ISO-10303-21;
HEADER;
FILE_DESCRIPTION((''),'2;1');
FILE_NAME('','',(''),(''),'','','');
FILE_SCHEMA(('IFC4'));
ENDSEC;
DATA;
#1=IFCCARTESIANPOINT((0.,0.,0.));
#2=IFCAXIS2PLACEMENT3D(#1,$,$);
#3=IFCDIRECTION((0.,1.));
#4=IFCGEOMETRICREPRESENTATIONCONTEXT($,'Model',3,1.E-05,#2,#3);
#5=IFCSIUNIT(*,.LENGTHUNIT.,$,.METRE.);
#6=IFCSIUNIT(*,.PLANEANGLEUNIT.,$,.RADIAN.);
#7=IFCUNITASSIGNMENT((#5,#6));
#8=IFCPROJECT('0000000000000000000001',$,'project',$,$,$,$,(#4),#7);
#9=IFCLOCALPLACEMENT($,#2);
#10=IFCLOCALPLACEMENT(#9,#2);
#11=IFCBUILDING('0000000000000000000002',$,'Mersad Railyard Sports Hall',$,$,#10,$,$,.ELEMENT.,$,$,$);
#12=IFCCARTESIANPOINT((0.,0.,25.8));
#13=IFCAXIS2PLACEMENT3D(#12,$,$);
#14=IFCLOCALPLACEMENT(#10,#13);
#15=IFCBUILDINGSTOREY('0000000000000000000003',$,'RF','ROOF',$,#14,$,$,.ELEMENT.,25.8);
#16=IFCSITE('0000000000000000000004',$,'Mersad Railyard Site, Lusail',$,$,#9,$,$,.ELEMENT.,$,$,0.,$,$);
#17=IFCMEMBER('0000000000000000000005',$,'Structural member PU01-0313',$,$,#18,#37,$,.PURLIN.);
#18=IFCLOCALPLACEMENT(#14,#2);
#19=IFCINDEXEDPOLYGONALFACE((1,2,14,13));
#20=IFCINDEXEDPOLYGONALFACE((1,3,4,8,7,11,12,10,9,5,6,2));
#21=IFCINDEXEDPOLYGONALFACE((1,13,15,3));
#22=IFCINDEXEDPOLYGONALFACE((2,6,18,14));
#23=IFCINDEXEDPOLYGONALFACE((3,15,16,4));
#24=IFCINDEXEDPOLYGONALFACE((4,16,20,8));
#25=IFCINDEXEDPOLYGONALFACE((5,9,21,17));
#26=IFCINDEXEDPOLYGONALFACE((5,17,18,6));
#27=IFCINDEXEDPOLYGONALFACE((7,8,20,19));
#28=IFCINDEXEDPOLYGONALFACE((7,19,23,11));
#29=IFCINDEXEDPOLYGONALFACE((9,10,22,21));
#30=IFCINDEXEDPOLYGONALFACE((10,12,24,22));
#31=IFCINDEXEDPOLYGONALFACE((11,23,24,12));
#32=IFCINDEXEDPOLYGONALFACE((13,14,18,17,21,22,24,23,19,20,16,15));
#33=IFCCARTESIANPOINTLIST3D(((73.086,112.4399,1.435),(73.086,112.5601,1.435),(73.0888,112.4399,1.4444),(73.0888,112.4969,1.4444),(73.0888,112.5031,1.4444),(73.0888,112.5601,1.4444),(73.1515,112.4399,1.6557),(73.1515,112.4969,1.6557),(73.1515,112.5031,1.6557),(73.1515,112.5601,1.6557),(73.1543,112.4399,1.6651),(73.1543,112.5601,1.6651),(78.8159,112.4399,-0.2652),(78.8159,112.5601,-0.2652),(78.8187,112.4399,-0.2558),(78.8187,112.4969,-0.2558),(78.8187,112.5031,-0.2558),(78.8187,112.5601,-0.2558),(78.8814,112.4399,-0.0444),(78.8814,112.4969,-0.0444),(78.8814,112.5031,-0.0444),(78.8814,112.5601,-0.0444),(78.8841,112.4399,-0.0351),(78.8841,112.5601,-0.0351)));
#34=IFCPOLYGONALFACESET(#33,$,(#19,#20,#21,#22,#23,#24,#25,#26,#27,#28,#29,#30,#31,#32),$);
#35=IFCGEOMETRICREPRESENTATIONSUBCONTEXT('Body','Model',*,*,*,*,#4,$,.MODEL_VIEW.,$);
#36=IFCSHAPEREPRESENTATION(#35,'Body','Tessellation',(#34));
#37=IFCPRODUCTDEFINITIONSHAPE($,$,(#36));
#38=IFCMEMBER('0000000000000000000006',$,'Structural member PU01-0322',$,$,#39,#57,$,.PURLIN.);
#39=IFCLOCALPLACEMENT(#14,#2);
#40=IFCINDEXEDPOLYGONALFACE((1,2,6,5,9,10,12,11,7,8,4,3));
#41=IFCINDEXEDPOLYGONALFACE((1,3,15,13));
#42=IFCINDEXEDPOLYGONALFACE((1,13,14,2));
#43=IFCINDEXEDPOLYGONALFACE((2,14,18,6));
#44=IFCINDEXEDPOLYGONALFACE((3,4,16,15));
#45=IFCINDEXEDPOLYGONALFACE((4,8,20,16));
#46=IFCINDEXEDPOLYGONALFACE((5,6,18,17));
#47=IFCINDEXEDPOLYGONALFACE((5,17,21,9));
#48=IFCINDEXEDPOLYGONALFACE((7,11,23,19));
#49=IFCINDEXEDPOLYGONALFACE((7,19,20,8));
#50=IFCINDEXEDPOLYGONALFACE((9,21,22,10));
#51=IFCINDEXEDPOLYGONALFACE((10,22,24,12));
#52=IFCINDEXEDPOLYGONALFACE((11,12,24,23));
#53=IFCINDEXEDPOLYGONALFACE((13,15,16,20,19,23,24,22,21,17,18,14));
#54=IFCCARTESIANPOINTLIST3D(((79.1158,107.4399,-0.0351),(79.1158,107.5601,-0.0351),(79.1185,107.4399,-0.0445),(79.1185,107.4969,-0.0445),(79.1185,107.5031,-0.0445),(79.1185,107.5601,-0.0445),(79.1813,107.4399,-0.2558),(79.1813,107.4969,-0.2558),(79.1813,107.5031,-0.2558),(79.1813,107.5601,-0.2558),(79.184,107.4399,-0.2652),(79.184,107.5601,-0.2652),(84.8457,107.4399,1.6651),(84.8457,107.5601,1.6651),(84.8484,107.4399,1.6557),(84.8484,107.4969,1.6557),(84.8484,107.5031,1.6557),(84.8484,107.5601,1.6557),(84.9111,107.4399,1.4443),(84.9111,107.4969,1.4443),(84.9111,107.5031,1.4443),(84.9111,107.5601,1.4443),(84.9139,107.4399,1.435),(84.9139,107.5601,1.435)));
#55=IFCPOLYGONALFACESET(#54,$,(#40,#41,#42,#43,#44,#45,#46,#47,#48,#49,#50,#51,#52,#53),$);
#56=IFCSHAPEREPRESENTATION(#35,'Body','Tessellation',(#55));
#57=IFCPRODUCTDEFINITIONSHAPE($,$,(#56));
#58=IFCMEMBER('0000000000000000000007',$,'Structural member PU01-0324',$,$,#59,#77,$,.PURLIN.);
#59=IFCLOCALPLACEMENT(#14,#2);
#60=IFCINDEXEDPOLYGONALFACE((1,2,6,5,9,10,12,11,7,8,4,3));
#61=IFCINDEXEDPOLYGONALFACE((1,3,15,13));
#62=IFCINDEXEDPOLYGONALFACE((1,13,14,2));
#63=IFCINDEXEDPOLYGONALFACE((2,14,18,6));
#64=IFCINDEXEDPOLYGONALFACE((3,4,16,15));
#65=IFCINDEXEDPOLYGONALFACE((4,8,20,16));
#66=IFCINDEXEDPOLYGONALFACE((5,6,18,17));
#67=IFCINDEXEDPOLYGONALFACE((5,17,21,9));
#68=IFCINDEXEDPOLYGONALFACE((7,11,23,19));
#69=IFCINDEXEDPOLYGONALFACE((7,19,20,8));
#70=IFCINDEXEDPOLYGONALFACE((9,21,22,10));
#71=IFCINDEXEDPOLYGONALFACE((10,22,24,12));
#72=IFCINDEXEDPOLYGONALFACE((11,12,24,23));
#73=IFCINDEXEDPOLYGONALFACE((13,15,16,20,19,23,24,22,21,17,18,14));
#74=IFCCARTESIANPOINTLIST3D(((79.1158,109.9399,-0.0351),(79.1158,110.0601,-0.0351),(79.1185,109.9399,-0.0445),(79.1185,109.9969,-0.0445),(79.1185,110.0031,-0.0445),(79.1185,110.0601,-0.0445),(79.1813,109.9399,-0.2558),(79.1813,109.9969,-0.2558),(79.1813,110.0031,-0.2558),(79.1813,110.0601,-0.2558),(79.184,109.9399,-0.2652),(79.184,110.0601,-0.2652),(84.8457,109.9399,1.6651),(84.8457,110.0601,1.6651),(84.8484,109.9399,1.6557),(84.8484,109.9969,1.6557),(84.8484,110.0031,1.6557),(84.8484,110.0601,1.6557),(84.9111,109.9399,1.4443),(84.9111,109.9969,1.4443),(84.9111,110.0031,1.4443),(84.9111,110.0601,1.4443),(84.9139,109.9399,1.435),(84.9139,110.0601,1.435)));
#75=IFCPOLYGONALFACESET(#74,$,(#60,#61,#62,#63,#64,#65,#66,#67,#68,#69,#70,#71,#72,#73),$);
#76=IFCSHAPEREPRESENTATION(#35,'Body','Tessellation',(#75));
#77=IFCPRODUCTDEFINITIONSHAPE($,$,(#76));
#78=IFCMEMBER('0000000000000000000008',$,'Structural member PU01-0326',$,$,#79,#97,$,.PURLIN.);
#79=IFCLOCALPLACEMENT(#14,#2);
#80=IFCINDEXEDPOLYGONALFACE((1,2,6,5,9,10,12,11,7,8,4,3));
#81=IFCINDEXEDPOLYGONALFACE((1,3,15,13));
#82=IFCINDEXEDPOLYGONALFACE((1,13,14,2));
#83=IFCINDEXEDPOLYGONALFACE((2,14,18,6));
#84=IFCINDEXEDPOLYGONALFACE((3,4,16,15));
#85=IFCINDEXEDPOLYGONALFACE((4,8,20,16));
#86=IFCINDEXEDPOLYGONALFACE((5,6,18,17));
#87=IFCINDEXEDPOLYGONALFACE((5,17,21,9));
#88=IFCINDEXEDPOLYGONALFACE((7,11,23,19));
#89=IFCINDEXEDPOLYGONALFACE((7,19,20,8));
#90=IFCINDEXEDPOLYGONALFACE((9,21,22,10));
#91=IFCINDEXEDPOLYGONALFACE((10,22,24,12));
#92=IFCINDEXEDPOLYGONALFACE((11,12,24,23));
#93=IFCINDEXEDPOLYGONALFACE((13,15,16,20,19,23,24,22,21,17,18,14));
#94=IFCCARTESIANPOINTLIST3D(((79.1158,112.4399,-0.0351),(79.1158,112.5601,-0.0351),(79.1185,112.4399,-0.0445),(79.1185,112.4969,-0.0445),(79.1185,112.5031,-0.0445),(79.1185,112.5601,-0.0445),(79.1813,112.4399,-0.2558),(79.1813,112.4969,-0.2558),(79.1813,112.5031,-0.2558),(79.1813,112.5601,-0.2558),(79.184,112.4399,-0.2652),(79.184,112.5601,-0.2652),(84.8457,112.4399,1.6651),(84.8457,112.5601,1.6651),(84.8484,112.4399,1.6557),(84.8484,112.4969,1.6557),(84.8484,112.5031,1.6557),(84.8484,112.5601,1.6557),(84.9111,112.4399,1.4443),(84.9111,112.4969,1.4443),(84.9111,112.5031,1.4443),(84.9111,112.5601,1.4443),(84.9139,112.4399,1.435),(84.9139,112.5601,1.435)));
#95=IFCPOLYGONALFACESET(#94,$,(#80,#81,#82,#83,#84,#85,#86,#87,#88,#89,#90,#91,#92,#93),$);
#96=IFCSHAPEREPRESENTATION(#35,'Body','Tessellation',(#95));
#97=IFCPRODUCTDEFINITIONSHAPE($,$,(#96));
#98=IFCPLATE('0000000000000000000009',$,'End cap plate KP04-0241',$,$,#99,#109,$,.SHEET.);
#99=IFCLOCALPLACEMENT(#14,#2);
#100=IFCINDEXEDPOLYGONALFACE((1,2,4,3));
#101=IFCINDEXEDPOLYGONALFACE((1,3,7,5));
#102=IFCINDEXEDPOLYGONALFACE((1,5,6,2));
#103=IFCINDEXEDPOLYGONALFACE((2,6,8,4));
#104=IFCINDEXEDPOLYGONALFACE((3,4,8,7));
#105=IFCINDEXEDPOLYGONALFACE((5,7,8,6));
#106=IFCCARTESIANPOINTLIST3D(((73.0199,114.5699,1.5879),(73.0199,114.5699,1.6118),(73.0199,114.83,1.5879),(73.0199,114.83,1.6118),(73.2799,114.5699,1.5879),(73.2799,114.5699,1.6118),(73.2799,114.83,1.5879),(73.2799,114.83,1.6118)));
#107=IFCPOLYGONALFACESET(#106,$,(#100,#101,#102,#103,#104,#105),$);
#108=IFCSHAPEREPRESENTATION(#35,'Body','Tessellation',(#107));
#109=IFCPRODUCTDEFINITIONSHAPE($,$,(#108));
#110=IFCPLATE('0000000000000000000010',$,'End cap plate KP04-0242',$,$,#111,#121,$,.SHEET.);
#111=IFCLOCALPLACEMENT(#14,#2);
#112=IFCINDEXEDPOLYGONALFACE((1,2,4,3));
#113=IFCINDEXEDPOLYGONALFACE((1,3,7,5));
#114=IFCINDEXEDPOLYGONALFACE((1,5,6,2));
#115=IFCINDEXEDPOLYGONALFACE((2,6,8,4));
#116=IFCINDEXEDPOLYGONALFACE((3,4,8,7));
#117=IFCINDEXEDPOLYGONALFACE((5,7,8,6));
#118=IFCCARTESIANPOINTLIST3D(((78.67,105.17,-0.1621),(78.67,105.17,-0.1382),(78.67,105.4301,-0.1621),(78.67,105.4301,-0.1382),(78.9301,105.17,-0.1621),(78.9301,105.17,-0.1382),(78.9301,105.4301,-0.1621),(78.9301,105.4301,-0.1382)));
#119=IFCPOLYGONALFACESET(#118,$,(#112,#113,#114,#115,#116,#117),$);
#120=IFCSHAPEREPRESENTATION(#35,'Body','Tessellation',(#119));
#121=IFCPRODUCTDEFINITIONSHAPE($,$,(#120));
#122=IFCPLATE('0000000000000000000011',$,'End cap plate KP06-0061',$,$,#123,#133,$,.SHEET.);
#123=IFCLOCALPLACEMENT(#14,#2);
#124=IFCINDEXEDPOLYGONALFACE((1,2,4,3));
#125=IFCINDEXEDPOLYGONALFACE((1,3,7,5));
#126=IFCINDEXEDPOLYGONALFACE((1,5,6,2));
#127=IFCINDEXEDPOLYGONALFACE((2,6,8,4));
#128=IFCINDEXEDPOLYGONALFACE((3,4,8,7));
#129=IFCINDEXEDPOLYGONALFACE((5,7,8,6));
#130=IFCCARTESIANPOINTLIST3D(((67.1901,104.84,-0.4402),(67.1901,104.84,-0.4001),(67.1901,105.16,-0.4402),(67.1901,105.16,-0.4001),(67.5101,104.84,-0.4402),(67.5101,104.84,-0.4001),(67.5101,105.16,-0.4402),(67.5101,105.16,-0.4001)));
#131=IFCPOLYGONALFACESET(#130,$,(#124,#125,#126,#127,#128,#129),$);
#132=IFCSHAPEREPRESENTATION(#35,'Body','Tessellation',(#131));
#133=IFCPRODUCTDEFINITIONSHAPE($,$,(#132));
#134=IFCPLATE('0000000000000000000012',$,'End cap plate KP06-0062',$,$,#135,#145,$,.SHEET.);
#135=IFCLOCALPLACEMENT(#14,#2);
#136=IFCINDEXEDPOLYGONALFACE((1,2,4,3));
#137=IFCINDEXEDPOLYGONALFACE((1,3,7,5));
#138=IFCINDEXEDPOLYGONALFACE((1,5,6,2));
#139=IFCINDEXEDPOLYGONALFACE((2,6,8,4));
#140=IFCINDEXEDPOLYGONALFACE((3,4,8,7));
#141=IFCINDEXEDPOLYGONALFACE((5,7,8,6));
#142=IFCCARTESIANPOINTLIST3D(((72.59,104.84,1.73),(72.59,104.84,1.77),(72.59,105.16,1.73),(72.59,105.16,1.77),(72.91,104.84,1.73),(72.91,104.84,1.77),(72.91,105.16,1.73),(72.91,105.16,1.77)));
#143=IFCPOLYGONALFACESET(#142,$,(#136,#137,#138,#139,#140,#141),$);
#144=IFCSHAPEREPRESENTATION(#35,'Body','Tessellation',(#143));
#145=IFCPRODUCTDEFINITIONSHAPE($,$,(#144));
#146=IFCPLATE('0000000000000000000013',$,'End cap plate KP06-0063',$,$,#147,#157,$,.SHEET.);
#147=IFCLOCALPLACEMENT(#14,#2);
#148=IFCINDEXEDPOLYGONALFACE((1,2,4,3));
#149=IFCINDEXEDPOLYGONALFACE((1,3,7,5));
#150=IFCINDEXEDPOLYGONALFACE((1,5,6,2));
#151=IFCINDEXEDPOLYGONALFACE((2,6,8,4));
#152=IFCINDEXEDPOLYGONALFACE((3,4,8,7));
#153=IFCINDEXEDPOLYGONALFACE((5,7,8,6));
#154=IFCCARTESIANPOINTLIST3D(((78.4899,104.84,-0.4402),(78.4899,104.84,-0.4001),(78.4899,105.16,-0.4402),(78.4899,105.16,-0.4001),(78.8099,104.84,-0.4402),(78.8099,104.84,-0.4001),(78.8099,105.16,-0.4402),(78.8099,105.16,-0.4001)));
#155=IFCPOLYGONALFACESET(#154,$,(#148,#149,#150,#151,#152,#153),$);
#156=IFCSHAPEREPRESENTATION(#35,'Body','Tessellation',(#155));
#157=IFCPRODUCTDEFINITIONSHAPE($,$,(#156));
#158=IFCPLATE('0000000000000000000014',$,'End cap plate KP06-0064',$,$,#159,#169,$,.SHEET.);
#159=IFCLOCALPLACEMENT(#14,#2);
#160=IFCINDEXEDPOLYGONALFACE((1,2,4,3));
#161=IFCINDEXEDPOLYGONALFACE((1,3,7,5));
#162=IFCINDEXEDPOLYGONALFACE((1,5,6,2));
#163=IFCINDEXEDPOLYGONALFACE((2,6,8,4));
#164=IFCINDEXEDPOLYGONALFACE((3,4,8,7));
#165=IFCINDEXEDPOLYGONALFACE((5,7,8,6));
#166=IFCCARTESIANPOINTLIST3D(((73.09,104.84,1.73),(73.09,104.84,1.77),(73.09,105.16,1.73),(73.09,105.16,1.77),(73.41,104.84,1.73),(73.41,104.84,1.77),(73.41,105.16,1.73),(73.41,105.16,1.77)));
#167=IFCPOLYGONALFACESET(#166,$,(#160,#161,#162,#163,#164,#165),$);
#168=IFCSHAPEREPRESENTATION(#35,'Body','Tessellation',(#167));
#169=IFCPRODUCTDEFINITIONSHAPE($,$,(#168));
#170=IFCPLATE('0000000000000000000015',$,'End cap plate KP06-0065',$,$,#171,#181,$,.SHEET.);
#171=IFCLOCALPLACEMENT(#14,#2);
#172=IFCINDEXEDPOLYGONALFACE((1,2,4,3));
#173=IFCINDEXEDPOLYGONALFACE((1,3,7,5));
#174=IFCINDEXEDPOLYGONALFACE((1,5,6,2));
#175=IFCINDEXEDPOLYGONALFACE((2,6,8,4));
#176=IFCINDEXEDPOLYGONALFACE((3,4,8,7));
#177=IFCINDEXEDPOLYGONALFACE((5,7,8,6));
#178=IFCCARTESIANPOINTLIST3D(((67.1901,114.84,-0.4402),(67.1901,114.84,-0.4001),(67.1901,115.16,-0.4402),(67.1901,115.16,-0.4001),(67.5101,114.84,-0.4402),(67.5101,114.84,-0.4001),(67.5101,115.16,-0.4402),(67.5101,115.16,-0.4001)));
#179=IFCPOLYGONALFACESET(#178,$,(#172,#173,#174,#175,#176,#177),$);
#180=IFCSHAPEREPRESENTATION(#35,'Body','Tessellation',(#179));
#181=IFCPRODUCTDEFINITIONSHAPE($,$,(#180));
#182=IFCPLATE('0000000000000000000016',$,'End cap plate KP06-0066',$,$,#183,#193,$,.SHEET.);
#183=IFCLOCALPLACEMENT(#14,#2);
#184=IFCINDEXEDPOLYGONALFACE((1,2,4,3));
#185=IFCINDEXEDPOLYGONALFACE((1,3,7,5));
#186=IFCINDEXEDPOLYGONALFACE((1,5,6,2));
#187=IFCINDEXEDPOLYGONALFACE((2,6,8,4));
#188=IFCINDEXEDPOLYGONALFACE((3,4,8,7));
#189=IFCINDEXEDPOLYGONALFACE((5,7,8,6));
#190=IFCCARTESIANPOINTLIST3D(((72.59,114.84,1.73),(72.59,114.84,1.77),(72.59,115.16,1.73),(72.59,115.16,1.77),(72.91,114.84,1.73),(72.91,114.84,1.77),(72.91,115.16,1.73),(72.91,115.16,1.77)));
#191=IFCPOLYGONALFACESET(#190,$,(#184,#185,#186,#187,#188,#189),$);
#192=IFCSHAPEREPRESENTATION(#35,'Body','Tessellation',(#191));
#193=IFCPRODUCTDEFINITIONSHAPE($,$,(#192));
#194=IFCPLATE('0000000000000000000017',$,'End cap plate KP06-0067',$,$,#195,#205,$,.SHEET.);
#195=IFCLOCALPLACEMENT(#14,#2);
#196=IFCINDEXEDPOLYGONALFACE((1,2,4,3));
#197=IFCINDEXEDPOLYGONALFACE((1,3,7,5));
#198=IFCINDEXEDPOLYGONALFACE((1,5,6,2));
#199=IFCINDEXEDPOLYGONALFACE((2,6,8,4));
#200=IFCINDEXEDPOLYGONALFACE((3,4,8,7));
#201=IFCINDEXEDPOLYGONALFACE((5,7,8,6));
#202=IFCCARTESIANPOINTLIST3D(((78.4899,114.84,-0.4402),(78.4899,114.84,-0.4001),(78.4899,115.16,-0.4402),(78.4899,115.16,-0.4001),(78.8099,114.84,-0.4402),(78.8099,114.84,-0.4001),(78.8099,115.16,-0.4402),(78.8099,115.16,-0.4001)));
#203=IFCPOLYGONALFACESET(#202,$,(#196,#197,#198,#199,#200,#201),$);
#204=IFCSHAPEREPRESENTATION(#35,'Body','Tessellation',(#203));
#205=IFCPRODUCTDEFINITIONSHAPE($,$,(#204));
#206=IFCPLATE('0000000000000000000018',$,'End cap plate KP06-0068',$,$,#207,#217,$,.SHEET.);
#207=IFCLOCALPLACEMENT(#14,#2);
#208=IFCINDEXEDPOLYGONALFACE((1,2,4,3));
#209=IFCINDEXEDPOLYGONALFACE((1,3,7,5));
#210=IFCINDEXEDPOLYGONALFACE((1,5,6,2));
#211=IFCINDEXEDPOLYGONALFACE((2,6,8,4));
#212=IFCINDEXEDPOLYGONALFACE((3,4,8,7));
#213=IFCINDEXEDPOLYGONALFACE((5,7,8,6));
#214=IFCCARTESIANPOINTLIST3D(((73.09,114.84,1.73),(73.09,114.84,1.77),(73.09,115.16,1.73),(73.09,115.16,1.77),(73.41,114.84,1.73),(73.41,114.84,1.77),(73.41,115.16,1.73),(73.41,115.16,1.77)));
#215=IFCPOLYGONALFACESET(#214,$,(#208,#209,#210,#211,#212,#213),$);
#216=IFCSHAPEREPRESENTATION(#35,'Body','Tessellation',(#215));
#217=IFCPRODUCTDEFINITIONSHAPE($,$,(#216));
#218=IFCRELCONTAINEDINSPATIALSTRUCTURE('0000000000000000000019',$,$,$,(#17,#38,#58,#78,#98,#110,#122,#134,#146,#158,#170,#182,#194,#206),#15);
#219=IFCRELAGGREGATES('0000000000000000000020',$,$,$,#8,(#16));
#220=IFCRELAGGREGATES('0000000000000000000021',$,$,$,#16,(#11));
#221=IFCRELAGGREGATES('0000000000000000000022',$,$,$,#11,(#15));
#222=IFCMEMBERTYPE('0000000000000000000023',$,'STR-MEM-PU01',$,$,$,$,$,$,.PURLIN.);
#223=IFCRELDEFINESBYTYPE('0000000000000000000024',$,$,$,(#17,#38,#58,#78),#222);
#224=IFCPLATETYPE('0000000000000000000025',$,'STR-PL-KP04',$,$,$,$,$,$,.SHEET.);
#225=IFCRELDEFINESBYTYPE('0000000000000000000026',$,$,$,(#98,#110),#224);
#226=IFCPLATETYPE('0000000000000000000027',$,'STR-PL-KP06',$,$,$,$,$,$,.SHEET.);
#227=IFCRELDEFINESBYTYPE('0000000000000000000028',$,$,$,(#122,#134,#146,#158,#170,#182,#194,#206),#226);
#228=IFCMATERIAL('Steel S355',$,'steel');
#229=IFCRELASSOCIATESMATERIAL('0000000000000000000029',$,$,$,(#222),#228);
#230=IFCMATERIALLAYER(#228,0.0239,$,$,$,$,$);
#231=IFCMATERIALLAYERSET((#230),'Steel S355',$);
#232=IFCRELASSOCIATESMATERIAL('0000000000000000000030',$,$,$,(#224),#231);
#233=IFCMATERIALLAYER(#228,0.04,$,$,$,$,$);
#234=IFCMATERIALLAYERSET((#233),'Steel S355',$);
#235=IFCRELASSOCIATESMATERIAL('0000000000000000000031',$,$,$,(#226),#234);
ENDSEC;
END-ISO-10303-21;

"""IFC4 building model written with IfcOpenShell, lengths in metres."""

from ifc_helpers import new_model, si_unit, direction, frame, origin, origin_2d, place, context, subcontext, project, spatial, rectangle, i_section, extrude, material, layer, layer_set, material_profile, profile_set, type_object, element, save


model = new_model("IFC4")

# Units and contexts
model_context = context("Model", 3, precision=1e-05, world=origin(), true_north=direction((0.0, 1.0)))
body_context = subcontext(model_context, "Body", "Model", "MODEL_VIEW")
ifc_project = project(units=[si_unit("LENGTHUNIT", "METRE"), si_unit("PLANEANGLEUNIT", "RADIAN")], contexts=[model_context])

# Site, building, storey
site_placement = place(None, origin())
site = spatial("IfcSite", under=ifc_project, at=site_placement, Name="Mersad Railyard Site, Lusail", CompositionType="ELEMENT", RefElevation=0.0)
building_placement = place(site_placement, origin())
building = spatial("IfcBuilding", under=site, at=building_placement, Name="Mersad Railyard Sports Hall", CompositionType="ELEMENT")
storey_placement = place(building_placement, frame((0.0, 0.0, 25.8)))
storey = spatial("IfcBuildingStorey", under=building, at=storey_placement, Name="RF", Description="ROOF", CompositionType="ELEMENT", Elevation=25.8)

# Shared definitions
ifc_material_1 = material(Name="Steel S355", Category="steel")

# Members
ifc_material_profile_1 = material_profile(ifc_material_1, i_section(OverallWidth=0.1201, OverallDepth=0.24, WebThickness=0.0061, FlangeThickness=0.0098, at=origin_2d()), Name="IPE 240")
ifc_profile_set_1 = profile_set([ifc_material_profile_1], Name="Steel S355")
member_type_1 = type_object("IfcMemberType", Name="STR-MEM-PU01", PredefinedType="PURLIN", material=ifc_profile_set_1)
for number, where, z_axis, x_axis, name in (
    (1, (73.1201, 112.5, 1.55), (0.958688, 0.0, -0.284461), (0.0, 1.0, 0.0), "Structural member PU01-0313"),
    (2, (79.1499, 107.5, -0.1501), (0.958688, 0.0, 0.284461), (0.0, 1.0, 0.0), "Structural member PU01-0322"),
    (3, (79.1499, 110.0, -0.1501), (0.958688, 0.0, 0.284461), (0.0, 1.0, 0.0), "Structural member PU01-0324"),
    (4, (79.1499, 112.5, -0.1501), (0.958688, 0.0, 0.284461), (0.0, 1.0, 0.0), "Structural member PU01-0326"),
):
    element("IfcMember", number, at=place(storey_placement, frame(where, z_axis=z_axis, x_axis=x_axis)), inside=storey, type_object=member_type_1, Name=name, PredefinedType="PURLIN", context=body_context, shape_type="SweptSolid", body=[
        extrude(i_section(OverallWidth=0.1201, OverallDepth=0.24, WebThickness=0.0061, FlangeThickness=0.0098, at=origin_2d()), origin(), (0.0, 0.0, 1.0), 5.9768),
    ])

# Plates
ifc_layer_1 = layer(ifc_material_1, 0.0239)
ifc_layer_set_1 = layer_set([ifc_layer_1], Name="Steel S355")
plate_type_1 = type_object("IfcPlateType", Name="STR-PL-KP04", PredefinedType="SHEET", material=ifc_layer_set_1)
for number, where, z_axis, x_axis, name in (
    (5, (73.1499, 114.7, 1.5879), (0.0, 0.0, 1.0), (1.0, 0.0, 0.0), "End cap plate KP04-0241"),
    (6, (78.8, 105.3, -0.1621), (0.0, 0.0, 1.0), (1.0, 0.0, 0.0), "End cap plate KP04-0242"),
):
    element("IfcPlate", number, at=place(storey_placement, frame(where, z_axis=z_axis, x_axis=x_axis)), inside=storey, type_object=plate_type_1, Name=name, PredefinedType="SHEET", context=body_context, shape_type="SweptSolid", body=[
        extrude(rectangle(XDim=0.26, YDim=0.26, at=origin_2d()), origin(), (0.0, 0.0, 1.0), 0.0239),
    ])
ifc_layer_2 = layer(ifc_material_1, 0.04)
ifc_layer_set_2 = layer_set([ifc_layer_2], Name="Steel S355")
plate_type_2 = type_object("IfcPlateType", Name="STR-PL-KP06", PredefinedType="SHEET", material=ifc_layer_set_2)
for number, where, z_axis, x_axis, name in (
    (7, (67.3501, 105.0, -0.4402), (0.0, 0.0, 1.0), (1.0, 0.0, 0.0), "End cap plate KP06-0061"),
    (8, (72.75, 105.0, 1.73), (0.0, 0.0, 1.0), (1.0, 0.0, 0.0), "End cap plate KP06-0062"),
    (9, (78.6499, 105.0, -0.4402), (0.0, 0.0, 1.0), (1.0, 0.0, 0.0), "End cap plate KP06-0063"),
    (10, (73.25, 105.0, 1.73), (0.0, 0.0, 1.0), (1.0, 0.0, 0.0), "End cap plate KP06-0064"),
    (11, (67.3501, 115.0, -0.4402), (0.0, 0.0, 1.0), (1.0, 0.0, 0.0), "End cap plate KP06-0065"),
    (12, (72.75, 115.0, 1.73), (0.0, 0.0, 1.0), (1.0, 0.0, 0.0), "End cap plate KP06-0066"),
    (13, (78.6499, 115.0, -0.4402), (0.0, 0.0, 1.0), (1.0, 0.0, 0.0), "End cap plate KP06-0067"),
    (14, (73.25, 115.0, 1.73), (0.0, 0.0, 1.0), (1.0, 0.0, 0.0), "End cap plate KP06-0068"),
):
    element("IfcPlate", number, at=place(storey_placement, frame(where, z_axis=z_axis, x_axis=x_axis)), inside=storey, type_object=plate_type_2, Name=name, PredefinedType="SHEET", context=body_context, shape_type="SweptSolid", body=[
        extrude(rectangle(XDim=0.3201, YDim=0.3201, at=origin_2d()), origin(), (0.0, 0.0, 1.0), 0.04),
    ])

save(model, "model.ifc")
